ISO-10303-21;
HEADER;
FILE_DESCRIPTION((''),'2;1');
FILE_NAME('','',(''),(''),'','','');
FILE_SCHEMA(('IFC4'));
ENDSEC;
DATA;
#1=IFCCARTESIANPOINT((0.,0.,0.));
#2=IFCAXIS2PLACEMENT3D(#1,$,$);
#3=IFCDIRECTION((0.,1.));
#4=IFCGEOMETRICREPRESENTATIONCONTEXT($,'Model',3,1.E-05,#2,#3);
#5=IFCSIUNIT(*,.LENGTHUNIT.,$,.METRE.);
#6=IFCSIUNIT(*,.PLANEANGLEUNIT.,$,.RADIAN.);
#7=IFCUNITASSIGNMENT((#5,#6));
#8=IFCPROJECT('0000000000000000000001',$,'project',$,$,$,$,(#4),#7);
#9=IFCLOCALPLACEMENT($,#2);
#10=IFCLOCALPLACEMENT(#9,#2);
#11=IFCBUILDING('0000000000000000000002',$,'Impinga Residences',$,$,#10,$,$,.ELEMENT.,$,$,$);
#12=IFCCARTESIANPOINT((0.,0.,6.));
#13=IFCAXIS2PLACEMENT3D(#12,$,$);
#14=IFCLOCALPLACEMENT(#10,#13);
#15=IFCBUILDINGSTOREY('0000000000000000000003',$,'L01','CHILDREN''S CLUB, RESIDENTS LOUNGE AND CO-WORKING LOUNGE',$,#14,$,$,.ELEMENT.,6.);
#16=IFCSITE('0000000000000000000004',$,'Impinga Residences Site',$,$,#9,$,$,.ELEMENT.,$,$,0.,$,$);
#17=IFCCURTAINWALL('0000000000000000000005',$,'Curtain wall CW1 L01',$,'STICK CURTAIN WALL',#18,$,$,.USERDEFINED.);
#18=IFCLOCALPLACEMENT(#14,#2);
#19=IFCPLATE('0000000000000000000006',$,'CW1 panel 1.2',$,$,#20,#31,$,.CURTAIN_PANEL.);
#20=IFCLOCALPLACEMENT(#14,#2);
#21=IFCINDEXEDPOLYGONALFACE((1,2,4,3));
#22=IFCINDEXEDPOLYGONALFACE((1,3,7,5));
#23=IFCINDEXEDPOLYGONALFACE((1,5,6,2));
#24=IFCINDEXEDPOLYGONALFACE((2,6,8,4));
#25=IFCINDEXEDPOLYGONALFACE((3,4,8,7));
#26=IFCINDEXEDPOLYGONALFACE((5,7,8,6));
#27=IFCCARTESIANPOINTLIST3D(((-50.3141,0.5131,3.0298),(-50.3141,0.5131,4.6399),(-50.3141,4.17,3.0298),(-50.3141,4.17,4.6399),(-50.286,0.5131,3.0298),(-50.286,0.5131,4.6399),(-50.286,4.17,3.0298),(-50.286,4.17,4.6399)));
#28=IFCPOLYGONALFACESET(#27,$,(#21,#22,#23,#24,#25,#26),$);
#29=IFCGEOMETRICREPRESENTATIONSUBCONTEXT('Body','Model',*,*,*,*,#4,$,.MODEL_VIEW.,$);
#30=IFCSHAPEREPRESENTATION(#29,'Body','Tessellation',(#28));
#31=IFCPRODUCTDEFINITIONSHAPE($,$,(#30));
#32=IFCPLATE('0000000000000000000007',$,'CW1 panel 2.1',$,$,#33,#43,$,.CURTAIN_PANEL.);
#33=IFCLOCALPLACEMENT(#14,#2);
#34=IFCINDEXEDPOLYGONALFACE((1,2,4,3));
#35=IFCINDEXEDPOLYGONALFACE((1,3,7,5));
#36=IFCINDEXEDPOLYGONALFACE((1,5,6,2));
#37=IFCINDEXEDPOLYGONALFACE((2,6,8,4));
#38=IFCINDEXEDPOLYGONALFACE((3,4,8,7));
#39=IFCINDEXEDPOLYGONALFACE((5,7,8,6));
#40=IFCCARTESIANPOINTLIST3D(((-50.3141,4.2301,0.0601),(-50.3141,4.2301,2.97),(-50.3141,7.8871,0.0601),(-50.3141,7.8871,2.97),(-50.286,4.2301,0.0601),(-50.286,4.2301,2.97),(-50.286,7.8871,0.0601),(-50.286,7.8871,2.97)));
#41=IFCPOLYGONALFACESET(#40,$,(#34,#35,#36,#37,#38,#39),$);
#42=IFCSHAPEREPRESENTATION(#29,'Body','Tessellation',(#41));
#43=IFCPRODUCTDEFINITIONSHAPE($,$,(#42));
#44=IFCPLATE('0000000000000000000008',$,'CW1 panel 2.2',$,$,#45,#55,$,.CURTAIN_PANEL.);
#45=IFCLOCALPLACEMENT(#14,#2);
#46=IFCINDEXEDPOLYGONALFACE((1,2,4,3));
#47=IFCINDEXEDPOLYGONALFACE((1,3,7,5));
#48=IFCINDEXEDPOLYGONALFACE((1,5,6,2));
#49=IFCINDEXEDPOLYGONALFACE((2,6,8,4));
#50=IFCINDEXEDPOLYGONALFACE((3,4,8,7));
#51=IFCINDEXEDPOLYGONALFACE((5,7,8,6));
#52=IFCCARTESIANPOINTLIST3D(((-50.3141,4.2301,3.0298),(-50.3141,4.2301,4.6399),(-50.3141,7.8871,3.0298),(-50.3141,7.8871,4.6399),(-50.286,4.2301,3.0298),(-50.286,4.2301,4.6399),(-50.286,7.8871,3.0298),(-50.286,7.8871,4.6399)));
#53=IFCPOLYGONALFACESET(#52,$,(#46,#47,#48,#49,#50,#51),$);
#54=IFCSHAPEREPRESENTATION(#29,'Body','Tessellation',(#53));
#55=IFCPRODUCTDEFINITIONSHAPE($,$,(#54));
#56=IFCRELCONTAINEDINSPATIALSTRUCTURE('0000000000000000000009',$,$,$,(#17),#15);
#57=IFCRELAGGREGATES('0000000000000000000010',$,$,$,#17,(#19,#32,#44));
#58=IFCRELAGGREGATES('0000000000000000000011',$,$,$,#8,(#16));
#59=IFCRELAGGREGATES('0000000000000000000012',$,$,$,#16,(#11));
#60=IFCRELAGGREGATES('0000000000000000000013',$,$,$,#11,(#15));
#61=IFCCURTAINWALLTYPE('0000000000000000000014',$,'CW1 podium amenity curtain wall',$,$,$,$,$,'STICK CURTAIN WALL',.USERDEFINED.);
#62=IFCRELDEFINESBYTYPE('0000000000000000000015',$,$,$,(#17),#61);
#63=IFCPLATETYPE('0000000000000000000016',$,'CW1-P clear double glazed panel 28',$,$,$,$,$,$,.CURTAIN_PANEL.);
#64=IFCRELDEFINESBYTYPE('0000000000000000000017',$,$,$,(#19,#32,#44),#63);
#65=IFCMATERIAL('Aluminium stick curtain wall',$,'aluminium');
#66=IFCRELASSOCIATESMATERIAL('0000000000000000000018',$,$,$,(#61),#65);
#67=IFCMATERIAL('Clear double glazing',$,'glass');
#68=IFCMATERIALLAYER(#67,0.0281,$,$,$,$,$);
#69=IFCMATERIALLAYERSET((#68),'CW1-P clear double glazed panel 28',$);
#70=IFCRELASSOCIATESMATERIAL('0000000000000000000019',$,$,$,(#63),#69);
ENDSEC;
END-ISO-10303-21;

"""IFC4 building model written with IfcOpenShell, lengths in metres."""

from ifc_helpers import new_model, si_unit, direction, frame, origin, origin_2d, place, context, subcontext, project, spatial, rectangle, extrude, material, layer, layer_set, type_object, element, aggregate, save


model = new_model("IFC4")

# Units and contexts
model_context = context("Model", 3, precision=1e-05, world=origin(), true_north=direction((0.0, 1.0)))
body_context = subcontext(model_context, "Body", "Model", "MODEL_VIEW")
ifc_project = project(units=[si_unit("LENGTHUNIT", "METRE"), si_unit("PLANEANGLEUNIT", "RADIAN")], contexts=[model_context])

# Site, building, storey
site_placement = place(None, origin())
site = spatial("IfcSite", under=ifc_project, at=site_placement, Name="Impinga Residences Site", CompositionType="ELEMENT", RefElevation=0.0)
building_placement = place(site_placement, origin())
building = spatial("IfcBuilding", under=site, at=building_placement, Name="Impinga Residences", CompositionType="ELEMENT")
storey_placement = place(building_placement, frame((0.0, 0.0, 6.0)))
storey = spatial("IfcBuildingStorey", under=building, at=storey_placement, Name="L01", Description="CHILDREN'S CLUB, RESIDENTS LOUNGE AND CO-WORKING LOUNGE", CompositionType="ELEMENT", Elevation=6.0)

# Curtain wall
ifc_material_1 = material(Name="Aluminium stick curtain wall", Category="aluminium")
curtain_wall_type = type_object("IfcCurtainWallType", Name="CW1 podium amenity curtain wall", ElementType="STICK CURTAIN WALL", PredefinedType="USERDEFINED", material=ifc_material_1)
curtain_wall_1_placement = place(storey_placement, origin())
curtain_wall_1 = element("IfcCurtainWall", 1, at=curtain_wall_1_placement, inside=storey, type_object=curtain_wall_type, Name="Curtain wall CW1 L01", ObjectType="STICK CURTAIN WALL", PredefinedType="USERDEFINED")

# Plates
ifc_material_2 = material(Name="Clear double glazing", Category="glass")
ifc_layer = layer(ifc_material_2, 0.0281)
ifc_layer_set = layer_set([ifc_layer], Name="CW1-P clear double glazed panel 28")
plate_type = type_object("IfcPlateType", Name="CW1-P clear double glazed panel 28", PredefinedType="CURTAIN_PANEL", material=ifc_layer_set)
plate_1_placement = place(storey_placement, frame((-50.3, 2.3416, 3.0298), z_axis=(0.0, 0.0, 1.0), x_axis=(0.0, 1.0, 0.0)))
plate_1 = element("IfcPlate", 2, at=plate_1_placement, type_object=plate_type, Name="CW1 panel 1.2", PredefinedType="CURTAIN_PANEL", context=body_context, shape_type="SweptSolid", body=[
    extrude(rectangle(XDim=3.657, YDim=0.0281, at=origin_2d()), origin(), (0.0, 0.0, 1.0), 1.6101),
])
plate_2_placement = place(storey_placement, frame((-50.3, 6.0586, 0.0601), z_axis=(0.0, 0.0, 1.0), x_axis=(0.0, 1.0, 0.0)))
plate_2 = element("IfcPlate", 3, at=plate_2_placement, type_object=plate_type, Name="CW1 panel 2.1", PredefinedType="CURTAIN_PANEL", context=body_context, shape_type="SweptSolid", body=[
    extrude(rectangle(XDim=3.657, YDim=0.0281, at=origin_2d()), origin(), (0.0, 0.0, 1.0), 2.9099),
])
plate_3_placement = place(storey_placement, frame((-50.3, 6.0586, 3.0298), z_axis=(0.0, 0.0, 1.0), x_axis=(0.0, 1.0, 0.0)))
plate_3 = element("IfcPlate", 4, at=plate_3_placement, type_object=plate_type, Name="CW1 panel 2.2", PredefinedType="CURTAIN_PANEL", context=body_context, shape_type="SweptSolid", body=[
    extrude(rectangle(XDim=3.657, YDim=0.0281, at=origin_2d()), origin(), (0.0, 0.0, 1.0), 1.6101),
])
aggregate(curtain_wall_1, [plate_1, plate_2, plate_3])

save(model, "model.ifc")
